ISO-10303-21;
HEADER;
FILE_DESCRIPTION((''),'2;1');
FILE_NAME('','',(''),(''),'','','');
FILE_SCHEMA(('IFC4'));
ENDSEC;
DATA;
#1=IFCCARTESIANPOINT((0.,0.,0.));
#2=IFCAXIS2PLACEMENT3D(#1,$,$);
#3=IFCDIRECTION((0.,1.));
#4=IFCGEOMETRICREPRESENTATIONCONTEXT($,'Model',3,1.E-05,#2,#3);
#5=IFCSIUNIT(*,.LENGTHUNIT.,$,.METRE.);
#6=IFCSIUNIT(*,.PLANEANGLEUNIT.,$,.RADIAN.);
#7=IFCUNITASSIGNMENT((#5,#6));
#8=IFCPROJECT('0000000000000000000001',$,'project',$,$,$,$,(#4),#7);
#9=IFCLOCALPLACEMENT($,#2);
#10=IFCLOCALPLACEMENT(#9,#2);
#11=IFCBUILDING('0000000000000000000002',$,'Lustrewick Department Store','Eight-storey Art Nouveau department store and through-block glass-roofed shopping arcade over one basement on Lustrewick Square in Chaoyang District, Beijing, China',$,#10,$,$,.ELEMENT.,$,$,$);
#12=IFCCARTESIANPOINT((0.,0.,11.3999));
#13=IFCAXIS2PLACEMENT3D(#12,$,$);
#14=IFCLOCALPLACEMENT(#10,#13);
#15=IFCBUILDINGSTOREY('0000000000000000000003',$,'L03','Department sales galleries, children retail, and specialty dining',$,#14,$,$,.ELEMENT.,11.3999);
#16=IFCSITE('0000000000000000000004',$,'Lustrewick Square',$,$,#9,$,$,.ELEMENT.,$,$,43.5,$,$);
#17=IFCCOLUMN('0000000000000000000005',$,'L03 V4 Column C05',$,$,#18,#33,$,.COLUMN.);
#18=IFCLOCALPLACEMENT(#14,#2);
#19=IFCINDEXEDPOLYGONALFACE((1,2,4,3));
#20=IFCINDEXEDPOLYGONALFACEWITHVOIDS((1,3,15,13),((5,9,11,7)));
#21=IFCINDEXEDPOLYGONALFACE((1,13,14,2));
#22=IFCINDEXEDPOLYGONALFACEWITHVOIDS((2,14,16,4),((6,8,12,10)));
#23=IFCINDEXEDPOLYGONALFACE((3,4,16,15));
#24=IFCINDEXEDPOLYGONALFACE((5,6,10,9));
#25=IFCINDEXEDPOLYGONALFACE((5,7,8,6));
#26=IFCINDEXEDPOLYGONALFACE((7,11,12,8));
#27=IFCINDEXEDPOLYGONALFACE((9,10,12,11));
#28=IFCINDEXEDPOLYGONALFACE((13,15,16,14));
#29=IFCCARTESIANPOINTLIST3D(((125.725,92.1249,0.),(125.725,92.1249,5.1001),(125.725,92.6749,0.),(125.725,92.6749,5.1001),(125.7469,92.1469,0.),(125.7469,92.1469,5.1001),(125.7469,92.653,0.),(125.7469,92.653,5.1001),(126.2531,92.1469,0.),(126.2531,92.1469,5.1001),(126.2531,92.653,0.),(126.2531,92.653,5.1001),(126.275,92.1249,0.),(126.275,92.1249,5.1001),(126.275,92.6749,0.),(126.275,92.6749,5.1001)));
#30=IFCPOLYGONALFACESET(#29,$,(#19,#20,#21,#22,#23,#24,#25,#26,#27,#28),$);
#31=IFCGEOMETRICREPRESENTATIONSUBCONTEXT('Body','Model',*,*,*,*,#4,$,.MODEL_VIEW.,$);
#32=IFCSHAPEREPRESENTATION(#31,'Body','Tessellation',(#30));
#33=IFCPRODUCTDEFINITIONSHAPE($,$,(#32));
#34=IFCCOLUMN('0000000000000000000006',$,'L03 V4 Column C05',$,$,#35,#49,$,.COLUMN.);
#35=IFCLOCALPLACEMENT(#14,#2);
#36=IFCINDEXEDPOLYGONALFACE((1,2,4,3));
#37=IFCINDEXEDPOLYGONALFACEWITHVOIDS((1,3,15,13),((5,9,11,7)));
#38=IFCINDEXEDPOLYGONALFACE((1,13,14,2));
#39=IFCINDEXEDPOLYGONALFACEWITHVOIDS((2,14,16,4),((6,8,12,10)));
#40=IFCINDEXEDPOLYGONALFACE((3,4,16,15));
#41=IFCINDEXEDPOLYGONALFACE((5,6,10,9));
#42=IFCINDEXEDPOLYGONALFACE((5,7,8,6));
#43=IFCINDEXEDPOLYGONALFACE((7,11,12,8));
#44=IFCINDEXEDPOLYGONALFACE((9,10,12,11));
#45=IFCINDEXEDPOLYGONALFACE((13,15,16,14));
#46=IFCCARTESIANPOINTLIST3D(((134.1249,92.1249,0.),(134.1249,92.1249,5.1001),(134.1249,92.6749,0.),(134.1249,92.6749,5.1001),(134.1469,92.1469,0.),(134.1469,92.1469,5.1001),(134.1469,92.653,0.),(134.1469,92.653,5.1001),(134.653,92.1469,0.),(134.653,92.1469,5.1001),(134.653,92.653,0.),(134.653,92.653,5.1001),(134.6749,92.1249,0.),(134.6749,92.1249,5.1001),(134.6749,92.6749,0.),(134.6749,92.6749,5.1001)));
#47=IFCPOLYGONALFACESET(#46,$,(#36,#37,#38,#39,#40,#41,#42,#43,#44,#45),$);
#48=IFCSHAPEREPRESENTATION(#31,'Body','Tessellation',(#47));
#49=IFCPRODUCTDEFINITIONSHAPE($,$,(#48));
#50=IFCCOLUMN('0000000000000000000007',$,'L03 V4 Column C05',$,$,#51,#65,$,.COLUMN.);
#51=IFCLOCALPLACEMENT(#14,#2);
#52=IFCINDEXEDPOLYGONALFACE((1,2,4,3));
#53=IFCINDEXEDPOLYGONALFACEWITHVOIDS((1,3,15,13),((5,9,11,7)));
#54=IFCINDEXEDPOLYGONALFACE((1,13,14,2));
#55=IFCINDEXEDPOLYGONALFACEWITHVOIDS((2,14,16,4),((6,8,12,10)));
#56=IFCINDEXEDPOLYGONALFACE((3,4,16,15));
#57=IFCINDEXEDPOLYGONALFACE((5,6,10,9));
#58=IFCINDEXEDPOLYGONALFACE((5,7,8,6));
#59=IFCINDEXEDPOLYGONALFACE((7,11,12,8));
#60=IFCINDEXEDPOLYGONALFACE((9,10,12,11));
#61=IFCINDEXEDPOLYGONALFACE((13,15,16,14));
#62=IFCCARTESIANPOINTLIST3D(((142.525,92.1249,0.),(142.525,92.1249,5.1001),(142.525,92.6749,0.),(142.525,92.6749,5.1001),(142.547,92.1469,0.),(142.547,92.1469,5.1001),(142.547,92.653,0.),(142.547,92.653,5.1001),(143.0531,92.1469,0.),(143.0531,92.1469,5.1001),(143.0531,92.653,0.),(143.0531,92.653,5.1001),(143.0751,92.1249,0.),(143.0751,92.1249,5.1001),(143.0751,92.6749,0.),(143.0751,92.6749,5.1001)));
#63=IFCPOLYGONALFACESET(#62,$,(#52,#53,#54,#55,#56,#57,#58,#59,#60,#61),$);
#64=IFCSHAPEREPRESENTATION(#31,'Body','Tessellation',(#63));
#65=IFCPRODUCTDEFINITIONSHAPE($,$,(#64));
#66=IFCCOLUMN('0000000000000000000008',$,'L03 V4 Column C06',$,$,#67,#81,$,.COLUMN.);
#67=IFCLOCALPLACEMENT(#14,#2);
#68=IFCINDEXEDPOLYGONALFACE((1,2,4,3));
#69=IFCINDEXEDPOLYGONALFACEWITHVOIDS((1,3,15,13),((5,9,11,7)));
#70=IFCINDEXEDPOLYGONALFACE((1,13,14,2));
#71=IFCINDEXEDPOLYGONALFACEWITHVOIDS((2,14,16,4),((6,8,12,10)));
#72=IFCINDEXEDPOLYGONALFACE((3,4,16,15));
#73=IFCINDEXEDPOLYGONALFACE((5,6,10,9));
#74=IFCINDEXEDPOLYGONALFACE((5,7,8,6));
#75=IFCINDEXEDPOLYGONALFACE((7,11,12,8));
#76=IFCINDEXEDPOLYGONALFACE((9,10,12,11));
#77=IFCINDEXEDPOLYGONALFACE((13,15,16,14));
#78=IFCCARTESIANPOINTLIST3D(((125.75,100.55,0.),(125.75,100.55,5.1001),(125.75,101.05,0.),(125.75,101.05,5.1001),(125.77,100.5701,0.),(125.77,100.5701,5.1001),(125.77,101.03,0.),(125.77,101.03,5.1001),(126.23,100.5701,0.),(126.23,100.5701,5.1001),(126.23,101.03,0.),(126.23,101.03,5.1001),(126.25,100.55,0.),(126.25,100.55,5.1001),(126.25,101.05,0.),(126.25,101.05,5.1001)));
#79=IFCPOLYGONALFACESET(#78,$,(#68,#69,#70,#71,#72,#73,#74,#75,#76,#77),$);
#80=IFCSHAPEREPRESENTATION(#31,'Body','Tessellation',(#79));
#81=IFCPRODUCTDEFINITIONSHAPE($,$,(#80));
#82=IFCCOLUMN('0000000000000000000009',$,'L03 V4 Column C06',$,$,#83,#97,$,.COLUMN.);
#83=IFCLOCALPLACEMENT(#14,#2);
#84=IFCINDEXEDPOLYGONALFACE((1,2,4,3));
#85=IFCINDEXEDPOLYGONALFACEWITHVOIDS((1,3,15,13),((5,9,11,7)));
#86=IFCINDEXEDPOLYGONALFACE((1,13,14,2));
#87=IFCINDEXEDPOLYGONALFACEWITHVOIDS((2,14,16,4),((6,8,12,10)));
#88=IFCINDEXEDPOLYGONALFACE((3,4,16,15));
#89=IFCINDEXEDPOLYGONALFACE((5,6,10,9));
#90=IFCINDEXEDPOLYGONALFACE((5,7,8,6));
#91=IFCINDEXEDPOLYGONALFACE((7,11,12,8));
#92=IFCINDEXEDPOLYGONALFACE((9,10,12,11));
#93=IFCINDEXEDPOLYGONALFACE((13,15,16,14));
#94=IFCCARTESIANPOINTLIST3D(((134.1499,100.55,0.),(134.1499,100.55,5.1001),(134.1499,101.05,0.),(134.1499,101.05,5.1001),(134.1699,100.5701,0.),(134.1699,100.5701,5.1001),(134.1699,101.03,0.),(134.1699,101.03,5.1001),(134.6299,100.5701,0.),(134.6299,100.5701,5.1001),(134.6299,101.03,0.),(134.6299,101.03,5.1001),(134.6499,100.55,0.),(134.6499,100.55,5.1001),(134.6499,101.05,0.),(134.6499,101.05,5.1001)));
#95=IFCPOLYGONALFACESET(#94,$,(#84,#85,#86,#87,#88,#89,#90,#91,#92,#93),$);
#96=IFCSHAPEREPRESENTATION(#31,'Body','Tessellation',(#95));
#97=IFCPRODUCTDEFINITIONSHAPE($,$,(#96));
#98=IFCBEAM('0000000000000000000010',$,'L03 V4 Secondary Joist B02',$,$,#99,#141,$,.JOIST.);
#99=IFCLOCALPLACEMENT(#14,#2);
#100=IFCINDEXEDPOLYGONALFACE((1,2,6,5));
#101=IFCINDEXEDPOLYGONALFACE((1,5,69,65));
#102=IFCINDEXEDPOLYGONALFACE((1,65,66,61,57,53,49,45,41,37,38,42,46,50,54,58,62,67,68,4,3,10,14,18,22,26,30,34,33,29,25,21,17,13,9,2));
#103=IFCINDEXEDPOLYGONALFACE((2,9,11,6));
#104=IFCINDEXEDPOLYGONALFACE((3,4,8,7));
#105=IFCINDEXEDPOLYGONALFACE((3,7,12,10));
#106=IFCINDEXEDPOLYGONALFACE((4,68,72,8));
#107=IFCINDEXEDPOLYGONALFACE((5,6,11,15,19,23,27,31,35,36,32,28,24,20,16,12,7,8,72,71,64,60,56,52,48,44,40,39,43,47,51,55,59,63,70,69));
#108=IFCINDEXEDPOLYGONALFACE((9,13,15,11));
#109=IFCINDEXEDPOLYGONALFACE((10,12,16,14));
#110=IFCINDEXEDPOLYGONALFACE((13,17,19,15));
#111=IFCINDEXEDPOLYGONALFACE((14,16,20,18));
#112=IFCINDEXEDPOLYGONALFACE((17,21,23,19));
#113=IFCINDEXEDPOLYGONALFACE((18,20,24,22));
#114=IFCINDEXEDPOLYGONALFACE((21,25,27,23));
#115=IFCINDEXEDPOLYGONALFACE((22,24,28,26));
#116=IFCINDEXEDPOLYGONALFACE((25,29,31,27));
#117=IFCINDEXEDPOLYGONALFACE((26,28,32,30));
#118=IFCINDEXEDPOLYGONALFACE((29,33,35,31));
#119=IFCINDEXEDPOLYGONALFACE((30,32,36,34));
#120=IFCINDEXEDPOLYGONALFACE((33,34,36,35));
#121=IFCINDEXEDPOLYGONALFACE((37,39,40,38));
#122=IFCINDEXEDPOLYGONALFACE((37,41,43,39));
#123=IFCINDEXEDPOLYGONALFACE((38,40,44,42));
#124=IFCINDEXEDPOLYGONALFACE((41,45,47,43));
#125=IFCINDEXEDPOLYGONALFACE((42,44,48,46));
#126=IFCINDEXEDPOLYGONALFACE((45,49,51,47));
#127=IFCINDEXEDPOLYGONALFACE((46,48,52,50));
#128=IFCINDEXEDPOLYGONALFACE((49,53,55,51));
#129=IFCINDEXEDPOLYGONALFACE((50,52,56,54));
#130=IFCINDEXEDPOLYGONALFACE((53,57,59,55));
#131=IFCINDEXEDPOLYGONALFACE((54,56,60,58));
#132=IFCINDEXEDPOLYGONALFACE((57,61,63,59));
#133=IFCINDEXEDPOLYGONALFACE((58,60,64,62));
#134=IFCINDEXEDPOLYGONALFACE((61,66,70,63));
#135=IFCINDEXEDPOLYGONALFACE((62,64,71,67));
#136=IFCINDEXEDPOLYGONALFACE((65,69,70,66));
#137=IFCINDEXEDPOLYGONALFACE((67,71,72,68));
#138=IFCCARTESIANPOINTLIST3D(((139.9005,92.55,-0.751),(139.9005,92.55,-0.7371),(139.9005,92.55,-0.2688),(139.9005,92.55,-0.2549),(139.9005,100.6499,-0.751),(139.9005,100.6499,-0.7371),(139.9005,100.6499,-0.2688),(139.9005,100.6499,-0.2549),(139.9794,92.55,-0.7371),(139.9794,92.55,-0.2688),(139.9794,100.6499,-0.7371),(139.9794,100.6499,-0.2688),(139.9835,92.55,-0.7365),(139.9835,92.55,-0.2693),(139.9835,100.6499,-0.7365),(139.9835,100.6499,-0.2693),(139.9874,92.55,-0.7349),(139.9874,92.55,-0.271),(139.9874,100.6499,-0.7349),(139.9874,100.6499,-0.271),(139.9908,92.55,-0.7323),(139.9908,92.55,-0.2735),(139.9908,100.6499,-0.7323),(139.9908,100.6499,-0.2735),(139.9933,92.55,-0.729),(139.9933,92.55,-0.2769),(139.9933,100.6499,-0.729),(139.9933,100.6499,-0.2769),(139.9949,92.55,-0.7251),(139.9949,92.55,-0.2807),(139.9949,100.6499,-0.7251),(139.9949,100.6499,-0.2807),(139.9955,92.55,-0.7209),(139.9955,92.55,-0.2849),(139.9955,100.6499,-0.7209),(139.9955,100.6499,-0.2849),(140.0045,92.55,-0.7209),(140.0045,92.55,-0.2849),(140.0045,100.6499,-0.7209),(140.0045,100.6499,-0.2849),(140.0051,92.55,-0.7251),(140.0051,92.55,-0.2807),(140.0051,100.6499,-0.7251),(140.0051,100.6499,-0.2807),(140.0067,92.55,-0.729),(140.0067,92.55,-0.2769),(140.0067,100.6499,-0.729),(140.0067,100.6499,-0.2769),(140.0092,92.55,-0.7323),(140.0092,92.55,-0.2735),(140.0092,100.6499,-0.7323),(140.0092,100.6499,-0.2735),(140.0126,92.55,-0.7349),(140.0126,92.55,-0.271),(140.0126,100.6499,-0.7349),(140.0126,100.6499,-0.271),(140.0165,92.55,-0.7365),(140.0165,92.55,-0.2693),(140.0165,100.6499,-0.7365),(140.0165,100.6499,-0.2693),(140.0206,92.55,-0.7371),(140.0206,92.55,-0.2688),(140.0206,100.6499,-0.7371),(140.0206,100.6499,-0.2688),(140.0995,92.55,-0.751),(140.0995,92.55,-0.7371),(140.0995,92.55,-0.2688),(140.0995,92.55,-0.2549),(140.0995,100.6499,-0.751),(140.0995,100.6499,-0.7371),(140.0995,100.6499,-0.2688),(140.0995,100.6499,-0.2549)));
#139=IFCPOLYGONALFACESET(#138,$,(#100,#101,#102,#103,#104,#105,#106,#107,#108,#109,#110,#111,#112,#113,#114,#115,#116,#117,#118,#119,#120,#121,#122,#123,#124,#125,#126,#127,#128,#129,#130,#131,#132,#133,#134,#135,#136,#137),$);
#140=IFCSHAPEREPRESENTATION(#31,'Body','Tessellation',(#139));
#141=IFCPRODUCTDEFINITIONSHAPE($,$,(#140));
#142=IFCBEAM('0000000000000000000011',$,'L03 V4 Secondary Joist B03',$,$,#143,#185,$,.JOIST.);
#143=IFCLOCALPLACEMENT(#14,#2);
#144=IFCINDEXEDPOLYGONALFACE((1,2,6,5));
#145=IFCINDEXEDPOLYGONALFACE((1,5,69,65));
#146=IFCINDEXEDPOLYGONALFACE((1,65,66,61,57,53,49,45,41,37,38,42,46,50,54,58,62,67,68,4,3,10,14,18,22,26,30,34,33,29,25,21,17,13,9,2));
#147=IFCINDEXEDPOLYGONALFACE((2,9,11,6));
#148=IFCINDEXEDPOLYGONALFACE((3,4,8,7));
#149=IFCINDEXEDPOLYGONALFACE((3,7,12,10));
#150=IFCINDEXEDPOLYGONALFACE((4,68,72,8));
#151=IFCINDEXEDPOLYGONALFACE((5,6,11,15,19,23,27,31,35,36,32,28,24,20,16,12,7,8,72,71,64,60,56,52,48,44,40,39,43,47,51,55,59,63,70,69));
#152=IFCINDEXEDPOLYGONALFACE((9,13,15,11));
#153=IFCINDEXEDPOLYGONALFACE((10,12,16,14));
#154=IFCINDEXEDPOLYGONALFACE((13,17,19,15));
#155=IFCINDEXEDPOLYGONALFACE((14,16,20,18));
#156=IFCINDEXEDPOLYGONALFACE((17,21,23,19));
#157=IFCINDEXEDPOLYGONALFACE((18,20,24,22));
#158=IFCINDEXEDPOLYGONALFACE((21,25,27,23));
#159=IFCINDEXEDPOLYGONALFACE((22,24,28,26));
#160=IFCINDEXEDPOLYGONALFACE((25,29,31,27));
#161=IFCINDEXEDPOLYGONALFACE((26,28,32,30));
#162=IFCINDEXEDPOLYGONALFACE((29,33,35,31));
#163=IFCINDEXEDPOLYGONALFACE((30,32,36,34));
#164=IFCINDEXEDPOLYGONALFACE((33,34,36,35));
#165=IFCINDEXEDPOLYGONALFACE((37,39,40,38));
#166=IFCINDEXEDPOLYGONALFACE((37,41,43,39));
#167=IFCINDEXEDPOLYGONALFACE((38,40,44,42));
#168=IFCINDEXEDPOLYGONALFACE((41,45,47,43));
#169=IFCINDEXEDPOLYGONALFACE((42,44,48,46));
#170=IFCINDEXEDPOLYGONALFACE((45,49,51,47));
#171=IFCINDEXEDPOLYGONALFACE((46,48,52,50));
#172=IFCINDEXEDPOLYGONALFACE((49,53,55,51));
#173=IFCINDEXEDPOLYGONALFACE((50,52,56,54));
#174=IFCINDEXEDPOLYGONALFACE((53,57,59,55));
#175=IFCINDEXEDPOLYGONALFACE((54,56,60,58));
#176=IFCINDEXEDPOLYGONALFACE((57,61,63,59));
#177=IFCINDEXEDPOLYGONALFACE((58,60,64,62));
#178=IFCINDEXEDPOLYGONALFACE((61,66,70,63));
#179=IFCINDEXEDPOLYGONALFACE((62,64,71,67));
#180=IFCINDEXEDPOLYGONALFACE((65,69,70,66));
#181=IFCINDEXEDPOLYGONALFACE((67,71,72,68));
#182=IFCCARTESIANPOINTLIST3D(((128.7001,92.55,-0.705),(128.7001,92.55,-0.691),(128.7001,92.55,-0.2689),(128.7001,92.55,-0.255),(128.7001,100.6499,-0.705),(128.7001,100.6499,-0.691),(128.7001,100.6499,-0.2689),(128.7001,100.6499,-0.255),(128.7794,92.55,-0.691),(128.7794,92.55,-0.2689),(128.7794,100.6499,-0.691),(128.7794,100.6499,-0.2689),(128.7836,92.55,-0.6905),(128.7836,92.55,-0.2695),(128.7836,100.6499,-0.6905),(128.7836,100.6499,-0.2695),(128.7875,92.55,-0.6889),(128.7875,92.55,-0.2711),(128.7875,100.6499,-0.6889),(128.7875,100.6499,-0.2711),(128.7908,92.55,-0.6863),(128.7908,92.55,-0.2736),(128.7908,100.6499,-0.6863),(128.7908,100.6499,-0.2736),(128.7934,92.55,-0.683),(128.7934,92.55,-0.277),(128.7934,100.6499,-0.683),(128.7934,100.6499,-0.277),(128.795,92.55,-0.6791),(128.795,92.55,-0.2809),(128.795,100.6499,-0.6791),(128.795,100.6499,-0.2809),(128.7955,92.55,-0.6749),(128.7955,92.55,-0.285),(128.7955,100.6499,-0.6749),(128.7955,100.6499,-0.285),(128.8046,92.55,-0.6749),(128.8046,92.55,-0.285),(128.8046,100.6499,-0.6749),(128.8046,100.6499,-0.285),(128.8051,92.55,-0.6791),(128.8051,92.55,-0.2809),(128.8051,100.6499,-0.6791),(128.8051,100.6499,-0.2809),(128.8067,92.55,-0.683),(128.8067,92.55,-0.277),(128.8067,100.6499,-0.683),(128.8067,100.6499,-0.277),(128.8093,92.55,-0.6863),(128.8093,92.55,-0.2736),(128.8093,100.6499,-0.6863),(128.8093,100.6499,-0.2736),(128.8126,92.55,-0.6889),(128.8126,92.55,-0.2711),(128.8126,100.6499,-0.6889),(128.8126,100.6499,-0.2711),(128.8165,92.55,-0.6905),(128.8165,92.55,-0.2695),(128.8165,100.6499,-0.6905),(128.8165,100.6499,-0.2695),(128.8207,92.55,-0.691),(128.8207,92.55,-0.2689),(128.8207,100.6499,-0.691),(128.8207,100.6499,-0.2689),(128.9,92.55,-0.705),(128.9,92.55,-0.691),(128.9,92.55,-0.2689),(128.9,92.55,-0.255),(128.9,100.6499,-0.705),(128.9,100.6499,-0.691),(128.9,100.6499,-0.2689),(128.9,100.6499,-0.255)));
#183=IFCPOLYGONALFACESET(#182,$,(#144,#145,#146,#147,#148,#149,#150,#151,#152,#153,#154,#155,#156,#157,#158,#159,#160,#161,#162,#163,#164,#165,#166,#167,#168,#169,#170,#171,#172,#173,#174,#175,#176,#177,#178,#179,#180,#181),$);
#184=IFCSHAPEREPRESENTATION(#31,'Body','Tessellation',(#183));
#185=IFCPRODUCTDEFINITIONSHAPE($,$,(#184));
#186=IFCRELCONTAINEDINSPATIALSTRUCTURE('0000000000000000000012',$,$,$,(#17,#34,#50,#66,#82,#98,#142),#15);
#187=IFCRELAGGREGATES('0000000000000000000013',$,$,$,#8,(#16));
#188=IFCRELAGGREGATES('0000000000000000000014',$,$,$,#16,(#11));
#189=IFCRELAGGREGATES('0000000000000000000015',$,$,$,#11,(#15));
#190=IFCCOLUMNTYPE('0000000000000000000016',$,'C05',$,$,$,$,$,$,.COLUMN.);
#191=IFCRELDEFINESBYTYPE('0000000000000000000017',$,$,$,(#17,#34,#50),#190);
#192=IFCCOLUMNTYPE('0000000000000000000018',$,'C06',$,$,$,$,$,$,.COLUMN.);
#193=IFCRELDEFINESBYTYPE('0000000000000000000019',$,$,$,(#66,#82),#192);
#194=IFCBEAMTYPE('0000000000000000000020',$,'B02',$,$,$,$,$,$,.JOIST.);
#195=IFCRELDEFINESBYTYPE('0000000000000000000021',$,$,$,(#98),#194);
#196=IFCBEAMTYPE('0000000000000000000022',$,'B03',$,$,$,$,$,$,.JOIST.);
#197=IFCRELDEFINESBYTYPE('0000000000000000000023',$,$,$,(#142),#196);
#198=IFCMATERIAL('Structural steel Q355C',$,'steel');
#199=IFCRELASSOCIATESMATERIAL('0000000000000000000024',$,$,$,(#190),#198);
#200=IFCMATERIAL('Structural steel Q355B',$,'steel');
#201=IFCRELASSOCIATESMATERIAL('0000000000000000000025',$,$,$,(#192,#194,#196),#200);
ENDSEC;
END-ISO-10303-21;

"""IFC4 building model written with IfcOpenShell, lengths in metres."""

from ifc_helpers import new_model, si_unit, direction, frame, origin, origin_2d, place, context, subcontext, project, spatial, hollow_rectangle, i_section, extrude, material, material_profile, profile_set, type_object, element, save


model = new_model("IFC4")

# Units and contexts
model_context = context("Model", 3, precision=1e-05, world=origin(), true_north=direction((0.0, 1.0)))
body_context = subcontext(model_context, "Body", "Model", "MODEL_VIEW")
ifc_project = project(units=[si_unit("LENGTHUNIT", "METRE"), si_unit("PLANEANGLEUNIT", "RADIAN")], contexts=[model_context])

# Site, building, storey
site_placement = place(None, origin())
site = spatial("IfcSite", under=ifc_project, at=site_placement, Name="Lustrewick Square", CompositionType="ELEMENT", RefElevation=43.5)
building_placement = place(site_placement, origin())
building = spatial("IfcBuilding", under=site, at=building_placement, Name="Lustrewick Department Store", Description="Eight-storey Art Nouveau department store and through-block glass-roofed shopping arcade over one basement on Lustrewick Square in Chaoyang District, Beijing, China", CompositionType="ELEMENT")
storey_placement = place(building_placement, frame((0.0, 0.0, 11.3999)))
storey = spatial("IfcBuildingStorey", under=building, at=storey_placement, Name="L03", Description="Department sales galleries, children retail, and specialty dining", CompositionType="ELEMENT", Elevation=11.3999)

# Columns
ifc_material_1 = material(Name="Structural steel Q355C", Category="steel")
ifc_material_profile_1 = material_profile(ifc_material_1, hollow_rectangle(XDim=0.55, YDim=0.55, WallThickness=0.022, at=origin_2d()), Name="BOX 550x550x22")
ifc_profile_set_1 = profile_set([ifc_material_profile_1], Name="Structural steel Q355C")
column_type_1 = type_object("IfcColumnType", Name="C05", PredefinedType="COLUMN", material=ifc_profile_set_1)
for number, where, z_axis, x_axis, name in (
    (1, (126.0, 92.3999, 0.0), (0.0, 0.0, 1.0), (1.0, 0.0, 0.0), "L03 V4 Column C05"),
    (2, (134.3999, 92.3999, 0.0), (0.0, 0.0, 1.0), (1.0, 0.0, 0.0), "L03 V4 Column C05"),
    (3, (142.8, 92.3999, 0.0), (0.0, 0.0, 1.0), (1.0, 0.0, 0.0), "L03 V4 Column C05"),
):
    element("IfcColumn", number, at=place(storey_placement, frame(where, z_axis=z_axis, x_axis=x_axis)), inside=storey, type_object=column_type_1, Name=name, PredefinedType="COLUMN", context=body_context, shape_type="SweptSolid", body=[
        extrude(hollow_rectangle(XDim=0.55, YDim=0.55, WallThickness=0.022, at=origin_2d()), origin(), (0.0, 0.0, 1.0), 5.1001),
    ])
ifc_material_2 = material(Name="Structural steel Q355B", Category="steel")
ifc_material_profile_2 = material_profile(ifc_material_2, hollow_rectangle(XDim=0.5, YDim=0.5, WallThickness=0.02, at=origin_2d()), Name="BOX 500x500x20")
ifc_profile_set_2 = profile_set([ifc_material_profile_2], Name="Structural steel Q355B")
column_type_2 = type_object("IfcColumnType", Name="C06", PredefinedType="COLUMN", material=ifc_profile_set_2)
for number, where, z_axis, x_axis, name in (
    (4, (126.0, 100.8, 0.0), (0.0, 0.0, 1.0), (1.0, 0.0, 0.0), "L03 V4 Column C06"),
    (5, (134.3999, 100.8, 0.0), (0.0, 0.0, 1.0), (1.0, 0.0, 0.0), "L03 V4 Column C06"),
):
    element("IfcColumn", number, at=place(storey_placement, frame(where, z_axis=z_axis, x_axis=x_axis)), inside=storey, type_object=column_type_2, Name=name, PredefinedType="COLUMN", context=body_context, shape_type="SweptSolid", body=[
        extrude(hollow_rectangle(XDim=0.5, YDim=0.5, WallThickness=0.02, at=origin_2d()), origin(), (0.0, 0.0, 1.0), 5.1001),
    ])

# Beams
ifc_material_profile_3 = material_profile(ifc_material_2, i_section(OverallWidth=0.199, OverallDepth=0.4961, WebThickness=0.009, FlangeThickness=0.0139, FilletRadius=0.0161, at=origin_2d()), Name="HN 496x199x9x14")
ifc_profile_set_3 = profile_set([ifc_material_profile_3], Name="Structural steel Q355B")
beam_type_1 = type_object("IfcBeamType", Name="B02", PredefinedType="JOIST", material=ifc_profile_set_3)
beam_1_placement = place(storey_placement, frame((140.0, 92.55, -0.5029), z_axis=(0.0, 1.0, 0.0), x_axis=(-1.0, 0.0, 0.0)))
element("IfcBeam", 6, at=beam_1_placement, inside=storey, type_object=beam_type_1, Name="L03 V4 Secondary Joist B02", PredefinedType="JOIST", context=body_context, shape_type="SweptSolid", body=[
    extrude(i_section(OverallWidth=0.199, OverallDepth=0.4961, WebThickness=0.009, FlangeThickness=0.0139, FilletRadius=0.0161, at=origin_2d()), origin(), (0.0, 0.0, 1.0), 8.0999),
])
ifc_material_profile_4 = material_profile(ifc_material_2, i_section(OverallWidth=0.2, OverallDepth=0.45, WebThickness=0.009, FlangeThickness=0.0139, FilletRadius=0.0161, at=origin_2d()), Name="HN 450x200x9x14")
ifc_profile_set_4 = profile_set([ifc_material_profile_4], Name="Structural steel Q355B")
beam_type_2 = type_object("IfcBeamType", Name="B03", PredefinedType="JOIST", material=ifc_profile_set_4)
beam_2_placement = place(storey_placement, frame((128.8, 92.55, -0.48), z_axis=(0.0, 1.0, 0.0), x_axis=(-1.0, 0.0, 0.0)))
element("IfcBeam", 7, at=beam_2_placement, inside=storey, type_object=beam_type_2, Name="L03 V4 Secondary Joist B03", PredefinedType="JOIST", context=body_context, shape_type="SweptSolid", body=[
    extrude(i_section(OverallWidth=0.2, OverallDepth=0.45, WebThickness=0.009, FlangeThickness=0.0139, FilletRadius=0.0161, at=origin_2d()), origin(), (0.0, 0.0, 1.0), 8.0999),
])

save(model, "model.ifc")
